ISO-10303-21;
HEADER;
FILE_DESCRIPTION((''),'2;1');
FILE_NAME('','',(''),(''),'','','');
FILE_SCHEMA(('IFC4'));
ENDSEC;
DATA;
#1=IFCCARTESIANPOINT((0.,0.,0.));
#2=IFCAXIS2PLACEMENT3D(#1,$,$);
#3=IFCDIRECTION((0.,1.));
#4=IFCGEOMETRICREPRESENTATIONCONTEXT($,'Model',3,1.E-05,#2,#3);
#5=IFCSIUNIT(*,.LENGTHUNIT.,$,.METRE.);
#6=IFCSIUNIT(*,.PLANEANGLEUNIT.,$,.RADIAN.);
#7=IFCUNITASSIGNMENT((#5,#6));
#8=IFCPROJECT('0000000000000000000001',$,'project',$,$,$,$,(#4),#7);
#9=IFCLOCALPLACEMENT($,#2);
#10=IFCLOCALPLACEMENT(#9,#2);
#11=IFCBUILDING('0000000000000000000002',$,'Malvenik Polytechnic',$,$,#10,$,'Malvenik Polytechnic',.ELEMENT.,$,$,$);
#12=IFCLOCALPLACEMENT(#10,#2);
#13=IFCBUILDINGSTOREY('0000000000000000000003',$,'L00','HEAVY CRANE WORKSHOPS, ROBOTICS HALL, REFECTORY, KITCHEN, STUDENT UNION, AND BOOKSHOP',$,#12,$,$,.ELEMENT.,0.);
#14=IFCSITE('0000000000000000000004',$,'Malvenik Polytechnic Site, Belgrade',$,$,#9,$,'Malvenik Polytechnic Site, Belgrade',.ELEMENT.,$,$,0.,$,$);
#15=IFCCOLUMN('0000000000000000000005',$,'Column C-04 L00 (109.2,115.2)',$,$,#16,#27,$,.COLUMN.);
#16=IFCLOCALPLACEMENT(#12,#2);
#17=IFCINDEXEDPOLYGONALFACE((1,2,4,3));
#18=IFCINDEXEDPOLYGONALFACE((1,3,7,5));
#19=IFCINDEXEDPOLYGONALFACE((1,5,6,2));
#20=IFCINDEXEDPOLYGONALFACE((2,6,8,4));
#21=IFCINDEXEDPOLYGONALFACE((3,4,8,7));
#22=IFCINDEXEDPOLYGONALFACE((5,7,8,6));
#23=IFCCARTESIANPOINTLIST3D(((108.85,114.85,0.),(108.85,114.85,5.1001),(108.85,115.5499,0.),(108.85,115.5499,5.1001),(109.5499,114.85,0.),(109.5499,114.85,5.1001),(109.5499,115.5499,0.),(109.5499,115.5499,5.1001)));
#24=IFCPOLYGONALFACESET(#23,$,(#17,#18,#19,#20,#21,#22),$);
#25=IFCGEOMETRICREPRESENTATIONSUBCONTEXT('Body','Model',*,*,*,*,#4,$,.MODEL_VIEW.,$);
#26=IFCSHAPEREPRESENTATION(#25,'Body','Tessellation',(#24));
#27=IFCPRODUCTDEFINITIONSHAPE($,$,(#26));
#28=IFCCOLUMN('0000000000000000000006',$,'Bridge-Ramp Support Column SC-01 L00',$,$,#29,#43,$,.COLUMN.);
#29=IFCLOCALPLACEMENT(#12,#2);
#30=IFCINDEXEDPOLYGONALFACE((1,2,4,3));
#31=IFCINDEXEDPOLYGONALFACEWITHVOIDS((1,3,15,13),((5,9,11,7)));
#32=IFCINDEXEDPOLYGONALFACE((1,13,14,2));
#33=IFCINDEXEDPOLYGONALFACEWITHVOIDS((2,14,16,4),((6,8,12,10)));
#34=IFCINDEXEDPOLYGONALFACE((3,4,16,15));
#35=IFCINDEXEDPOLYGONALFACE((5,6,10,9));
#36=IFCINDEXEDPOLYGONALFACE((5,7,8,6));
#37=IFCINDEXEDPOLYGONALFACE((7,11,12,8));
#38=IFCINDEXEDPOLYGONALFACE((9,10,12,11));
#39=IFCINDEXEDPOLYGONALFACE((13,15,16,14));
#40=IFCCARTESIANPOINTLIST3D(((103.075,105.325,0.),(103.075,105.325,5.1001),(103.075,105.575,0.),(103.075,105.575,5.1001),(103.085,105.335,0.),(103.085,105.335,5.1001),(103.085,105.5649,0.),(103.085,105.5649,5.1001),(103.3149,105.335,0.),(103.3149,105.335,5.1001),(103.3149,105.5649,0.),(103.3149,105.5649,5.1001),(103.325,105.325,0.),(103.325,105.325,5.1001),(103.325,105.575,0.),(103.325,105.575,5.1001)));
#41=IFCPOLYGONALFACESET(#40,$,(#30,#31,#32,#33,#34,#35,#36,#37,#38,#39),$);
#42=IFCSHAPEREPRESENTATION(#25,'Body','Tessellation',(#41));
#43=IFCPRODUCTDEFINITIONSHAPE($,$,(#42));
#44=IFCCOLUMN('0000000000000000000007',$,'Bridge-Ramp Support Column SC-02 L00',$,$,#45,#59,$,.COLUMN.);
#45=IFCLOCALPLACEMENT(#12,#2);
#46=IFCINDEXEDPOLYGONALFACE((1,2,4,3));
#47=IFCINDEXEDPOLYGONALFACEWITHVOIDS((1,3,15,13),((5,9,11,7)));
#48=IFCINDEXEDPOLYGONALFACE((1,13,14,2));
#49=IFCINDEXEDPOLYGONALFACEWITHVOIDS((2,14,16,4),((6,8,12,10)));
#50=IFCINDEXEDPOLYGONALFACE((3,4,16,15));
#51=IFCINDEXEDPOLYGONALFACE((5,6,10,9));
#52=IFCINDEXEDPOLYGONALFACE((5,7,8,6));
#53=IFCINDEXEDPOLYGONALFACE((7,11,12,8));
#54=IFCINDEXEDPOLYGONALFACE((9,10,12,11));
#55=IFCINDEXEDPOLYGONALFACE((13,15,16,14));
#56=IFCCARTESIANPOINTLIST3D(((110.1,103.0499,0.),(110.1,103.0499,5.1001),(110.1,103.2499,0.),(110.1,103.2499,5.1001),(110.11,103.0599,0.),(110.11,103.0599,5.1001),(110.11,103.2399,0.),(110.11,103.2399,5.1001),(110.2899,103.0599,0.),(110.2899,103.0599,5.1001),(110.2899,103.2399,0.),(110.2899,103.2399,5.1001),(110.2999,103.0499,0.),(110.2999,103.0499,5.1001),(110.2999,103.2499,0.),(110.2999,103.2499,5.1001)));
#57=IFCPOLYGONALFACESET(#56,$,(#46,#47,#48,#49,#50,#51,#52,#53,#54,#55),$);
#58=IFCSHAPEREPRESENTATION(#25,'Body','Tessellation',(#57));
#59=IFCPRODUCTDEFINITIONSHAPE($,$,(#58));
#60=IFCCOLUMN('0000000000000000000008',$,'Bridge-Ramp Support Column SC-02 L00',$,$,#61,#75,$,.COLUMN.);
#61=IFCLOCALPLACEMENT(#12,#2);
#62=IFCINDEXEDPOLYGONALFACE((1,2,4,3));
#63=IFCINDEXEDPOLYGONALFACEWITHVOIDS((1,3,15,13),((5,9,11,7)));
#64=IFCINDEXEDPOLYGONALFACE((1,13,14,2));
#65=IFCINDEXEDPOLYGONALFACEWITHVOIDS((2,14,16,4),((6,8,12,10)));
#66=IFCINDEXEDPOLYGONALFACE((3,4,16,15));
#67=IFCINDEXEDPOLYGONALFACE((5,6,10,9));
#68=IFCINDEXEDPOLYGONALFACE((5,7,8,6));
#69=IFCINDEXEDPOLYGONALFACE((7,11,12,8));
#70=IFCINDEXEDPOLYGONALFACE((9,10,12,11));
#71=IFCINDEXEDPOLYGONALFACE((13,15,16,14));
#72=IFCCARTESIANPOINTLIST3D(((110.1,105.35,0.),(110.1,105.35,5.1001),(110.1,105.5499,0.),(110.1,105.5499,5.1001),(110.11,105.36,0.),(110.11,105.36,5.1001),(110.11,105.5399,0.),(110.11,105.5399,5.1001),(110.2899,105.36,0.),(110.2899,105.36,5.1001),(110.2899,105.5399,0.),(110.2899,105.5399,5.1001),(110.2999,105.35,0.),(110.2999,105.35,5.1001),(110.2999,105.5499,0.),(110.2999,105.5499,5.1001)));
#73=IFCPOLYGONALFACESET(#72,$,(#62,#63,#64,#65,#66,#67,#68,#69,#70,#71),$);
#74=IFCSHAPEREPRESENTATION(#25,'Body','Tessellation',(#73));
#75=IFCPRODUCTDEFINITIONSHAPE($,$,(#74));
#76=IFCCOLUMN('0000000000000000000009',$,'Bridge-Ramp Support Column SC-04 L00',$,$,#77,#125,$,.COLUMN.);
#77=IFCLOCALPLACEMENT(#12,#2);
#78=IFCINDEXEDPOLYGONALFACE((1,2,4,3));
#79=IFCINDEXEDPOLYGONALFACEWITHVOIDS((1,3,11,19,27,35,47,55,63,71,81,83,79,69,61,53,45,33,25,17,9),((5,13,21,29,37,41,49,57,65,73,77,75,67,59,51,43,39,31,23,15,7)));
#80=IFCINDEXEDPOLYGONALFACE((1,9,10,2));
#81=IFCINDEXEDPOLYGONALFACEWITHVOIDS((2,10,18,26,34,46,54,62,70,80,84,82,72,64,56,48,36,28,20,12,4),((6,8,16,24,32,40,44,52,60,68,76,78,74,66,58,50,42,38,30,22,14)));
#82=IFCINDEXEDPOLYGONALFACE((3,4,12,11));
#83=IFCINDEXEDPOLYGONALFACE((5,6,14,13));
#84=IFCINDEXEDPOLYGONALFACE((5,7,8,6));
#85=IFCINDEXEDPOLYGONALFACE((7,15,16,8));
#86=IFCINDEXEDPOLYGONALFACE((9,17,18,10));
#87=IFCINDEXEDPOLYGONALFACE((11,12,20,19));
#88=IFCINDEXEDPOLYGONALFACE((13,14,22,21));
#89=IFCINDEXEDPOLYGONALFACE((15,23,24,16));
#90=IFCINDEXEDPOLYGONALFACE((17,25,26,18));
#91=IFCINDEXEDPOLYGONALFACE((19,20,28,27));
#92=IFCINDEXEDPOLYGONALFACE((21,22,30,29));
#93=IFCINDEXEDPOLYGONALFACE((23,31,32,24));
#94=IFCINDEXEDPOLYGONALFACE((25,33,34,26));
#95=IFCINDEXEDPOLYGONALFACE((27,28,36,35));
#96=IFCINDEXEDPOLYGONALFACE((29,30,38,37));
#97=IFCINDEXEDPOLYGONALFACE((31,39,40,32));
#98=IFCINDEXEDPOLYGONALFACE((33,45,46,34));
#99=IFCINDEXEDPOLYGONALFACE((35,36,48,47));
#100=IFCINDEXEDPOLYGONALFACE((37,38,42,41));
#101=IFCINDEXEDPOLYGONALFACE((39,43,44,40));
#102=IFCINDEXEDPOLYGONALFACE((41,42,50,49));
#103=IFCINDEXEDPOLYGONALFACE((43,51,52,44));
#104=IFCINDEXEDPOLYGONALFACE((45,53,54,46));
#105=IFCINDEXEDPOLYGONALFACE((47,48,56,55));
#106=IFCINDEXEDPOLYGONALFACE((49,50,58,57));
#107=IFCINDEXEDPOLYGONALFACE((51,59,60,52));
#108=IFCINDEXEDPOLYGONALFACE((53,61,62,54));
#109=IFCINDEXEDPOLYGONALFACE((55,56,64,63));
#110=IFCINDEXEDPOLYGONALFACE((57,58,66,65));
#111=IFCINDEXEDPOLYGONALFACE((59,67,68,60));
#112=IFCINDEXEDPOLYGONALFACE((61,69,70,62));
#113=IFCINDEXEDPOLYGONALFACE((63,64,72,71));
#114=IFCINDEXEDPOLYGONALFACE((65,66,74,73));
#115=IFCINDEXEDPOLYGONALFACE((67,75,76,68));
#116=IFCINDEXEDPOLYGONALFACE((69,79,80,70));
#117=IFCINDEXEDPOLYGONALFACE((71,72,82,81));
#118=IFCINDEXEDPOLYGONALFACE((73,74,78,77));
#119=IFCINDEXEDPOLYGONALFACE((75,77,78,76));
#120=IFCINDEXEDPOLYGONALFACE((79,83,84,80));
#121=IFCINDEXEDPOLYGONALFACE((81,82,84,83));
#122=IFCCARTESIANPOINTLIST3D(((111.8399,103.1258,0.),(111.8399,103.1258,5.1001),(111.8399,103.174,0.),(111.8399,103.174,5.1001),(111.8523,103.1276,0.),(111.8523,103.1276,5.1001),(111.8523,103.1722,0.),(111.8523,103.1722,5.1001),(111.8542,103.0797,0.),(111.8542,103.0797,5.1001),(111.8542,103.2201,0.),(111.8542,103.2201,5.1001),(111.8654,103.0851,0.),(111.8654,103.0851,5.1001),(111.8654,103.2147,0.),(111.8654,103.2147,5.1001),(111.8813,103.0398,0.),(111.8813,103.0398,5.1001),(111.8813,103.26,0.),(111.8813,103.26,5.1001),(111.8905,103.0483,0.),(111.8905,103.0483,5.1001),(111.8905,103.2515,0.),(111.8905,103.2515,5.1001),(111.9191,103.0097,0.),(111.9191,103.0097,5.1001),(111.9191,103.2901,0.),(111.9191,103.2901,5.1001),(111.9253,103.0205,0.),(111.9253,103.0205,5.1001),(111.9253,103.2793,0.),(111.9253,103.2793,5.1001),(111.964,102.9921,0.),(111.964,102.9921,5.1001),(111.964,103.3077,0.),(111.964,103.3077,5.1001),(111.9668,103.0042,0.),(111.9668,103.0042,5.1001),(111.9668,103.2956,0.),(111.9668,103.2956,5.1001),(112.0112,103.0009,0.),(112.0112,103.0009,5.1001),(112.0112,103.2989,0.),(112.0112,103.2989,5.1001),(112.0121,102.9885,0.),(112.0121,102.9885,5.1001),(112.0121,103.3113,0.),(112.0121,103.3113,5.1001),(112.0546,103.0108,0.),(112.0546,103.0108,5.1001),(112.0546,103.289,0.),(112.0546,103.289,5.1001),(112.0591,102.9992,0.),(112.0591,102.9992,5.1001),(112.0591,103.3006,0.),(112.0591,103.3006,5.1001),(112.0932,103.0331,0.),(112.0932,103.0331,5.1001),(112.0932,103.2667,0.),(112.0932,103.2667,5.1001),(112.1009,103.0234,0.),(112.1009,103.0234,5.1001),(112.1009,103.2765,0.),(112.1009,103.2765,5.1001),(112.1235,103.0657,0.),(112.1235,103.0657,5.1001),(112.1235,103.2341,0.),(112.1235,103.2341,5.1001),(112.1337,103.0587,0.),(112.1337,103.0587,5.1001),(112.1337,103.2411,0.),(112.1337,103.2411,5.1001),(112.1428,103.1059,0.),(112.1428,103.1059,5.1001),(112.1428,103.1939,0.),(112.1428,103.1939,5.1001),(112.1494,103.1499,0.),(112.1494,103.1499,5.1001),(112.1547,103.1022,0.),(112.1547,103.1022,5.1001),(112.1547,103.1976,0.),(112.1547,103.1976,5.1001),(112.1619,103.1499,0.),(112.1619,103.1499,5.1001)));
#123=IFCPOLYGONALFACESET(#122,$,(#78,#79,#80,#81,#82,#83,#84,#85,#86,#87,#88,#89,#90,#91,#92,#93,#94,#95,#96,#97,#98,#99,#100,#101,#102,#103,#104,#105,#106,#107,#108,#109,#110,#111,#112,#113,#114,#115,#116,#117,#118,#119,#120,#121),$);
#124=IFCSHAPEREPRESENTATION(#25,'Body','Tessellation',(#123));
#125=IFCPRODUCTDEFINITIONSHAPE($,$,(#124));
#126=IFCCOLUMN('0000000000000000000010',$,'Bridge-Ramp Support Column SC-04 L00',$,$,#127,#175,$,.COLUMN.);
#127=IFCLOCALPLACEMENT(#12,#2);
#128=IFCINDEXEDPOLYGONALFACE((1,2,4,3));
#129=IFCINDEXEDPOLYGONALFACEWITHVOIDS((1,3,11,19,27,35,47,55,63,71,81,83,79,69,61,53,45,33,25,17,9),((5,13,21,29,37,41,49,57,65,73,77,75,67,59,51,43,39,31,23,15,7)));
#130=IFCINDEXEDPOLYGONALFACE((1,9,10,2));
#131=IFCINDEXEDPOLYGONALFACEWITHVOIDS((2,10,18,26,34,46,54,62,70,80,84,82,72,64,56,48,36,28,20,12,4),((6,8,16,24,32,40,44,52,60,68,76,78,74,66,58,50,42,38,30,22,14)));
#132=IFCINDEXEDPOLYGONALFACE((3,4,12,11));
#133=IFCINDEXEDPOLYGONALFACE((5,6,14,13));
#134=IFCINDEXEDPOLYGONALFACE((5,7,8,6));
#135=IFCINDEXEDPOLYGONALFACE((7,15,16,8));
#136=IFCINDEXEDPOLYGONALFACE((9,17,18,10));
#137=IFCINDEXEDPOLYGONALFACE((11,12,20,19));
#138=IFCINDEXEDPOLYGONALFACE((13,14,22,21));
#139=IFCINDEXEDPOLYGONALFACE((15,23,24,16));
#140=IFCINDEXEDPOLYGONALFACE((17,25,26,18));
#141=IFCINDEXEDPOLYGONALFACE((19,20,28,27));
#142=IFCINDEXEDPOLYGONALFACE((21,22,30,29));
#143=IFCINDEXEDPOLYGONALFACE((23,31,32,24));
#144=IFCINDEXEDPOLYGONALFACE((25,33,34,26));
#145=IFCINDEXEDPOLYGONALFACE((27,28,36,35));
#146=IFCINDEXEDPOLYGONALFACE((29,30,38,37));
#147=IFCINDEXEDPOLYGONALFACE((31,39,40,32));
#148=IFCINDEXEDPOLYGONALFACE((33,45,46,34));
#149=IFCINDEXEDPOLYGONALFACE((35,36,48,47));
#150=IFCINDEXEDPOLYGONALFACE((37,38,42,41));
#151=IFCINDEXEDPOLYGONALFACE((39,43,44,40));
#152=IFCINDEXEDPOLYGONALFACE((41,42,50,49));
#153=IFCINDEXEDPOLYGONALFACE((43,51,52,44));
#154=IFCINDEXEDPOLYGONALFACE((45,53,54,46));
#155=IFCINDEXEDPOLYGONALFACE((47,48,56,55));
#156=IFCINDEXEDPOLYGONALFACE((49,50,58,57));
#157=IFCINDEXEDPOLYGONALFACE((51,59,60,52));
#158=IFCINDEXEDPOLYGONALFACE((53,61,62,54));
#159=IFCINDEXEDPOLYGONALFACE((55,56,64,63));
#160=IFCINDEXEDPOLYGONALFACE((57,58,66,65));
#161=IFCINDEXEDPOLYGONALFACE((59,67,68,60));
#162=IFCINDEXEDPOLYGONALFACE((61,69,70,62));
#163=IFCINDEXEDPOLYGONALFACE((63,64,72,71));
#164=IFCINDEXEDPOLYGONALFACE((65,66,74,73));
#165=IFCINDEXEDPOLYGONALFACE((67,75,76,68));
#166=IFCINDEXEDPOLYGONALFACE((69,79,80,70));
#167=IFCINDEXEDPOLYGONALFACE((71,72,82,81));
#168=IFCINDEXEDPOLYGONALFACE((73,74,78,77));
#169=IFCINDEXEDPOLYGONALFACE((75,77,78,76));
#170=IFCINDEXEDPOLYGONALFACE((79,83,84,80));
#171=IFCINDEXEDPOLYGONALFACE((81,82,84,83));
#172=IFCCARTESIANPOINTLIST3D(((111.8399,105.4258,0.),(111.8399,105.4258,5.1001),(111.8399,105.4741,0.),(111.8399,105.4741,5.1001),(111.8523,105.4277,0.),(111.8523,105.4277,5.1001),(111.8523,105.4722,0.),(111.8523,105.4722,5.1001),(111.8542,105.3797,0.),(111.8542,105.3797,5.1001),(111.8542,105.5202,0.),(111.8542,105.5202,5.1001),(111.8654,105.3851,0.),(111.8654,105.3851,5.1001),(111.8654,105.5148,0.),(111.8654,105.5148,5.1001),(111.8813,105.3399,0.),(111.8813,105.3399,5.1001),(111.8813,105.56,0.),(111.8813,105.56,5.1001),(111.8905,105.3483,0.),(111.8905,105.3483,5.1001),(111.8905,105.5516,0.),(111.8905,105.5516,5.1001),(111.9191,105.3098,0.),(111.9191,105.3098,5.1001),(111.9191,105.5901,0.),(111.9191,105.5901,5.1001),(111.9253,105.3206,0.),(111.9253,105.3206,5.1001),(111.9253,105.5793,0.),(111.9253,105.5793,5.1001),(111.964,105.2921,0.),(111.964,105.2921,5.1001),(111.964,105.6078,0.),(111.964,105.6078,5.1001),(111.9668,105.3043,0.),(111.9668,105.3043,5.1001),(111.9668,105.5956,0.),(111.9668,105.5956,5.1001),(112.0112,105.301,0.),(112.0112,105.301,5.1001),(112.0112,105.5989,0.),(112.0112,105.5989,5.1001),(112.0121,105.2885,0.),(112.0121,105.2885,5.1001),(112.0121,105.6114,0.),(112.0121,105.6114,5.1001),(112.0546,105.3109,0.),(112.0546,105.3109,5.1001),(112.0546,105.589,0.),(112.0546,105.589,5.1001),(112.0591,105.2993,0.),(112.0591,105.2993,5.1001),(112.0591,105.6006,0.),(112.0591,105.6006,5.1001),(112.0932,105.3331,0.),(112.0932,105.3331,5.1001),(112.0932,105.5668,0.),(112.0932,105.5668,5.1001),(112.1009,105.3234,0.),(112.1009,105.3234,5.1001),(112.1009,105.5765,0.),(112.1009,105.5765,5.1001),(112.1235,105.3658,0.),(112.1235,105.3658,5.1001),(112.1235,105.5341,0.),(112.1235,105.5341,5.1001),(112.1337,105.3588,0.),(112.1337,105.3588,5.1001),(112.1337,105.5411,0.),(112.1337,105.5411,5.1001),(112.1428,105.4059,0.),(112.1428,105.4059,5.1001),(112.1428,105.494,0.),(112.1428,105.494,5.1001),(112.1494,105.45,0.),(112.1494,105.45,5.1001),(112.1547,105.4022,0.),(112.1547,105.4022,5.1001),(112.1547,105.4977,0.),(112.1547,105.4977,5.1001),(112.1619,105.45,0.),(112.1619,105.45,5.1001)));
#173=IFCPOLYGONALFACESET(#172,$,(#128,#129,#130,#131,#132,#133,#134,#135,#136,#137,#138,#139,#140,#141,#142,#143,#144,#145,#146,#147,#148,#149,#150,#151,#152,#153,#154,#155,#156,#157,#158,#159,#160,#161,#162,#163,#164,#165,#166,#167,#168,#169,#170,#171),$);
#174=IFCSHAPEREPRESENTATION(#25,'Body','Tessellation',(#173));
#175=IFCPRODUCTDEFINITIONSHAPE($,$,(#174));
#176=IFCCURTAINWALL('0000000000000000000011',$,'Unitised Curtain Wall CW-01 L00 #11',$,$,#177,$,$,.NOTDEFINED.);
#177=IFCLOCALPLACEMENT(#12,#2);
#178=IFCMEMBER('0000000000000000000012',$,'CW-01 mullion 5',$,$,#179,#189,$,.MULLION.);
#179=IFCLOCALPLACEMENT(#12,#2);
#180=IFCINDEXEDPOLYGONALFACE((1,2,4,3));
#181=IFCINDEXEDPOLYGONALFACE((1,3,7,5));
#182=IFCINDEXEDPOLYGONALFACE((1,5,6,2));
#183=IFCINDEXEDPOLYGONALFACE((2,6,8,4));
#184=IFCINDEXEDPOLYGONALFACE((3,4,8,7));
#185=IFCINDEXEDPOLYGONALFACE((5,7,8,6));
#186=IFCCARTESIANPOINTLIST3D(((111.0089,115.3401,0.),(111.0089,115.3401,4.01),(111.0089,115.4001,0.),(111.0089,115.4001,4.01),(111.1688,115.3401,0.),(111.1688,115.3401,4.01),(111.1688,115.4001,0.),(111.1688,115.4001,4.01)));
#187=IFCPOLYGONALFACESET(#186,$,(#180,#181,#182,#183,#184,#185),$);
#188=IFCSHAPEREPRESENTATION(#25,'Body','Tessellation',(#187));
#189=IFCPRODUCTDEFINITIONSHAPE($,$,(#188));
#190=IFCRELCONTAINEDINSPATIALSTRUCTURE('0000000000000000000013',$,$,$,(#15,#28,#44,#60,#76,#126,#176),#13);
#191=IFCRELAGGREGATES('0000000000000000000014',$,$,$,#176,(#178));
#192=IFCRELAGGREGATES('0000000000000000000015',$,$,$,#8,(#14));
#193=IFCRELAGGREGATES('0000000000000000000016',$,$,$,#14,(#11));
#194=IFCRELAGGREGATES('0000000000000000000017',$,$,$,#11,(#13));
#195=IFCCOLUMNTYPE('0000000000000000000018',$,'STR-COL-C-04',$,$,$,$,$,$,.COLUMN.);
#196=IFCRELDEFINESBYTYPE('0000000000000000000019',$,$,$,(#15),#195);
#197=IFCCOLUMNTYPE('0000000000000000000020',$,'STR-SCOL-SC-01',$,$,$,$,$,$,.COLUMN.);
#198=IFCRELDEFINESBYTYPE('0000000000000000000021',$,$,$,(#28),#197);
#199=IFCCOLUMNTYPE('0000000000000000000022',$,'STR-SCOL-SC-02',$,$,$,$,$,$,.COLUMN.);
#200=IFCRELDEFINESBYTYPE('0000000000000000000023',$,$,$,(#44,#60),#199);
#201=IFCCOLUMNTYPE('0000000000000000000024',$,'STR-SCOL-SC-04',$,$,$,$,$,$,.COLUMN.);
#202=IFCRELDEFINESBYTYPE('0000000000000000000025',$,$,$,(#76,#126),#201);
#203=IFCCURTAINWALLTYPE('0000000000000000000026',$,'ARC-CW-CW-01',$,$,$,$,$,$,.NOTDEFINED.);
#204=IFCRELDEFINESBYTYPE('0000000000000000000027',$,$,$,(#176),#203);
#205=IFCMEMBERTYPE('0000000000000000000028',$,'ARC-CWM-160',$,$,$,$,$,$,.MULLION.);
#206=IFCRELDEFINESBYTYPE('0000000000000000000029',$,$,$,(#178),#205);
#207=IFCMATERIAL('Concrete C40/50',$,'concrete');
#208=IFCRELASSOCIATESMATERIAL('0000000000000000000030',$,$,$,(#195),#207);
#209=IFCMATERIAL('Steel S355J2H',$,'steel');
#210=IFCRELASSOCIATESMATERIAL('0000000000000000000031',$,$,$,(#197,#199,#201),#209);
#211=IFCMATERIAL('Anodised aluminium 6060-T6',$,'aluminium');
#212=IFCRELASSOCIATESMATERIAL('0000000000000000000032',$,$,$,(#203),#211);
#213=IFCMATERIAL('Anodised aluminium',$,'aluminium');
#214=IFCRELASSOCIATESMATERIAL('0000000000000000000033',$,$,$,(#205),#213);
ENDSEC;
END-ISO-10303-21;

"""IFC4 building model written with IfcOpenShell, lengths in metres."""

from ifc_helpers import new_model, si_unit, direction, frame, origin, origin_2d, place, context, subcontext, project, spatial, rectangle, hollow_rectangle, hollow_circle, extrude, material, material_profile, profile_set, type_object, element, aggregate, save


model = new_model("IFC4")

# Units and contexts
model_context = context("Model", 3, precision=1e-05, world=origin(), true_north=direction((0.0, 1.0)))
body_context = subcontext(model_context, "Body", "Model", "MODEL_VIEW")
ifc_project = project(units=[si_unit("LENGTHUNIT", "METRE"), si_unit("PLANEANGLEUNIT", "RADIAN")], contexts=[model_context])

# Site, building, storey
site_placement = place(None, origin())
site = spatial("IfcSite", under=ifc_project, at=site_placement, Name="Malvenik Polytechnic Site, Belgrade", LongName="Malvenik Polytechnic Site, Belgrade", CompositionType="ELEMENT", RefElevation=0.0)
building_placement = place(site_placement, origin())
building = spatial("IfcBuilding", under=site, at=building_placement, Name="Malvenik Polytechnic", LongName="Malvenik Polytechnic", CompositionType="ELEMENT")
storey_placement = place(building_placement, origin())
storey = spatial("IfcBuildingStorey", under=building, at=storey_placement, Name="L00", Description="HEAVY CRANE WORKSHOPS, ROBOTICS HALL, REFECTORY, KITCHEN, STUDENT UNION, AND BOOKSHOP", CompositionType="ELEMENT", Elevation=0.0)

# Columns
ifc_material_1 = material(Name="Concrete C40/50", Category="concrete")
ifc_material_profile_1 = material_profile(ifc_material_1, rectangle(XDim=0.7, YDim=0.7, at=origin_2d()), Name="RC COL 700x700")
ifc_profile_set_1 = profile_set([ifc_material_profile_1], Name="Concrete C40/50")
column_type_1 = type_object("IfcColumnType", Name="STR-COL-C-04", PredefinedType="COLUMN", material=ifc_profile_set_1)
column_1_placement = place(storey_placement, frame((109.2, 115.2, 0.0), z_axis=(0.0, 0.0, 1.0), x_axis=(1.0, 0.0, 0.0)))
element("IfcColumn", 1, at=column_1_placement, inside=storey, type_object=column_type_1, Name="Column C-04 L00 (109.2,115.2)", PredefinedType="COLUMN", context=body_context, shape_type="SweptSolid", body=[
    extrude(rectangle(XDim=0.7, YDim=0.7, at=origin_2d()), origin(), (0.0, 0.0, 1.0), 5.1001),
])
ifc_material_2 = material(Name="Steel S355J2H", Category="steel")
ifc_material_profile_2 = material_profile(ifc_material_2, hollow_rectangle(XDim=0.25, YDim=0.25, WallThickness=0.01, at=origin_2d()), Name="SHS 250x250x10.0")
ifc_profile_set_2 = profile_set([ifc_material_profile_2], Name="Steel S355J2H")
column_type_2 = type_object("IfcColumnType", Name="STR-SCOL-SC-01", PredefinedType="COLUMN", material=ifc_profile_set_2)
column_2_placement = place(storey_placement, frame((103.2, 105.45, 0.0), z_axis=(0.0, 0.0, 1.0), x_axis=(1.0, 0.0, 0.0)))
element("IfcColumn", 2, at=column_2_placement, inside=storey, type_object=column_type_2, Name="Bridge-Ramp Support Column SC-01 L00", PredefinedType="COLUMN", context=body_context, shape_type="SweptSolid", body=[
    extrude(hollow_rectangle(XDim=0.25, YDim=0.25, WallThickness=0.01, at=origin_2d()), origin(), (0.0, 0.0, 1.0), 5.1001),
])
ifc_material_profile_3 = material_profile(ifc_material_2, hollow_rectangle(XDim=0.2, YDim=0.2, WallThickness=0.01, at=origin_2d()), Name="SHS 200x200x10.0")
ifc_profile_set_3 = profile_set([ifc_material_profile_3], Name="Steel S355J2H")
column_type_3 = type_object("IfcColumnType", Name="STR-SCOL-SC-02", PredefinedType="COLUMN", material=ifc_profile_set_3)
for number, where, z_axis, x_axis, name in (
    (3, (110.2, 103.1499, 0.0), (0.0, 0.0, 1.0), (1.0, 0.0, 0.0), "Bridge-Ramp Support Column SC-02 L00"),
    (4, (110.2, 105.45, 0.0), (0.0, 0.0, 1.0), (1.0, 0.0, 0.0), "Bridge-Ramp Support Column SC-02 L00"),
):
    element("IfcColumn", number, at=place(storey_placement, frame(where, z_axis=z_axis, x_axis=x_axis)), inside=storey, type_object=column_type_3, Name=name, PredefinedType="COLUMN", context=body_context, shape_type="SweptSolid", body=[
        extrude(hollow_rectangle(XDim=0.2, YDim=0.2, WallThickness=0.01, at=origin_2d()), origin(), (0.0, 0.0, 1.0), 5.1001),
    ])
ifc_material_profile_4 = material_profile(ifc_material_2, hollow_circle(Radius=0.1619, WallThickness=0.0125, at=origin_2d()), Name="CHS 323.9x12.5")
ifc_profile_set_4 = profile_set([ifc_material_profile_4], Name="Steel S355J2H")
column_type_4 = type_object("IfcColumnType", Name="STR-SCOL-SC-04", PredefinedType="COLUMN", material=ifc_profile_set_4)
for number, where, z_axis, x_axis, name in (
    (5, (112.0, 103.1499, 0.0), (0.0, 0.0, 1.0), (1.0, 0.0, 0.0), "Bridge-Ramp Support Column SC-04 L00"),
    (6, (112.0, 105.45, 0.0), (0.0, 0.0, 1.0), (1.0, 0.0, 0.0), "Bridge-Ramp Support Column SC-04 L00"),
):
    element("IfcColumn", number, at=place(storey_placement, frame(where, z_axis=z_axis, x_axis=x_axis)), inside=storey, type_object=column_type_4, Name=name, PredefinedType="COLUMN", context=body_context, shape_type="SweptSolid", body=[
        extrude(hollow_circle(Radius=0.1619, WallThickness=0.0125, at=origin_2d()), origin(), (0.0, 0.0, 1.0), 5.1001),
    ])

# Curtain wall, member
ifc_material_3 = material(Name="Anodised aluminium 6060-T6", Category="aluminium")
curtain_wall_type = type_object("IfcCurtainWallType", Name="ARC-CW-CW-01", PredefinedType="NOTDEFINED", material=ifc_material_3)
curtain_wall_placement = place(storey_placement, origin())
curtain_wall = element("IfcCurtainWall", 7, at=curtain_wall_placement, inside=storey, type_object=curtain_wall_type, Name="Unitised Curtain Wall CW-01 L00 #11", PredefinedType="NOTDEFINED")
ifc_material_4 = material(Name="Anodised aluminium", Category="aluminium")
ifc_material_profile_5 = material_profile(ifc_material_4, rectangle(XDim=0.0601, YDim=0.1599, at=origin_2d()), Name="ALU MULLION 60x160")
ifc_profile_set_5 = profile_set([ifc_material_profile_5], Name="Anodised aluminium")
member_type_1 = type_object("IfcMemberType", Name="ARC-CWM-160", PredefinedType="MULLION", material=ifc_profile_set_5)
member_1_placement = place(storey_placement, frame((111.0889, 115.3701, 0.0), z_axis=(0.0, 0.0, 1.0), x_axis=(0.0, -1.0, 0.0)))
member_1 = element("IfcMember", 8, at=member_1_placement, type_object=member_type_1, Name="CW-01 mullion 5", PredefinedType="MULLION", context=body_context, shape_type="SweptSolid", body=[
    extrude(rectangle(XDim=0.0601, YDim=0.1599, at=origin_2d()), origin(), (0.0, 0.0, 1.0), 4.01),
])

aggregate(curtain_wall, [member_1])

save(model, "model.ifc")
